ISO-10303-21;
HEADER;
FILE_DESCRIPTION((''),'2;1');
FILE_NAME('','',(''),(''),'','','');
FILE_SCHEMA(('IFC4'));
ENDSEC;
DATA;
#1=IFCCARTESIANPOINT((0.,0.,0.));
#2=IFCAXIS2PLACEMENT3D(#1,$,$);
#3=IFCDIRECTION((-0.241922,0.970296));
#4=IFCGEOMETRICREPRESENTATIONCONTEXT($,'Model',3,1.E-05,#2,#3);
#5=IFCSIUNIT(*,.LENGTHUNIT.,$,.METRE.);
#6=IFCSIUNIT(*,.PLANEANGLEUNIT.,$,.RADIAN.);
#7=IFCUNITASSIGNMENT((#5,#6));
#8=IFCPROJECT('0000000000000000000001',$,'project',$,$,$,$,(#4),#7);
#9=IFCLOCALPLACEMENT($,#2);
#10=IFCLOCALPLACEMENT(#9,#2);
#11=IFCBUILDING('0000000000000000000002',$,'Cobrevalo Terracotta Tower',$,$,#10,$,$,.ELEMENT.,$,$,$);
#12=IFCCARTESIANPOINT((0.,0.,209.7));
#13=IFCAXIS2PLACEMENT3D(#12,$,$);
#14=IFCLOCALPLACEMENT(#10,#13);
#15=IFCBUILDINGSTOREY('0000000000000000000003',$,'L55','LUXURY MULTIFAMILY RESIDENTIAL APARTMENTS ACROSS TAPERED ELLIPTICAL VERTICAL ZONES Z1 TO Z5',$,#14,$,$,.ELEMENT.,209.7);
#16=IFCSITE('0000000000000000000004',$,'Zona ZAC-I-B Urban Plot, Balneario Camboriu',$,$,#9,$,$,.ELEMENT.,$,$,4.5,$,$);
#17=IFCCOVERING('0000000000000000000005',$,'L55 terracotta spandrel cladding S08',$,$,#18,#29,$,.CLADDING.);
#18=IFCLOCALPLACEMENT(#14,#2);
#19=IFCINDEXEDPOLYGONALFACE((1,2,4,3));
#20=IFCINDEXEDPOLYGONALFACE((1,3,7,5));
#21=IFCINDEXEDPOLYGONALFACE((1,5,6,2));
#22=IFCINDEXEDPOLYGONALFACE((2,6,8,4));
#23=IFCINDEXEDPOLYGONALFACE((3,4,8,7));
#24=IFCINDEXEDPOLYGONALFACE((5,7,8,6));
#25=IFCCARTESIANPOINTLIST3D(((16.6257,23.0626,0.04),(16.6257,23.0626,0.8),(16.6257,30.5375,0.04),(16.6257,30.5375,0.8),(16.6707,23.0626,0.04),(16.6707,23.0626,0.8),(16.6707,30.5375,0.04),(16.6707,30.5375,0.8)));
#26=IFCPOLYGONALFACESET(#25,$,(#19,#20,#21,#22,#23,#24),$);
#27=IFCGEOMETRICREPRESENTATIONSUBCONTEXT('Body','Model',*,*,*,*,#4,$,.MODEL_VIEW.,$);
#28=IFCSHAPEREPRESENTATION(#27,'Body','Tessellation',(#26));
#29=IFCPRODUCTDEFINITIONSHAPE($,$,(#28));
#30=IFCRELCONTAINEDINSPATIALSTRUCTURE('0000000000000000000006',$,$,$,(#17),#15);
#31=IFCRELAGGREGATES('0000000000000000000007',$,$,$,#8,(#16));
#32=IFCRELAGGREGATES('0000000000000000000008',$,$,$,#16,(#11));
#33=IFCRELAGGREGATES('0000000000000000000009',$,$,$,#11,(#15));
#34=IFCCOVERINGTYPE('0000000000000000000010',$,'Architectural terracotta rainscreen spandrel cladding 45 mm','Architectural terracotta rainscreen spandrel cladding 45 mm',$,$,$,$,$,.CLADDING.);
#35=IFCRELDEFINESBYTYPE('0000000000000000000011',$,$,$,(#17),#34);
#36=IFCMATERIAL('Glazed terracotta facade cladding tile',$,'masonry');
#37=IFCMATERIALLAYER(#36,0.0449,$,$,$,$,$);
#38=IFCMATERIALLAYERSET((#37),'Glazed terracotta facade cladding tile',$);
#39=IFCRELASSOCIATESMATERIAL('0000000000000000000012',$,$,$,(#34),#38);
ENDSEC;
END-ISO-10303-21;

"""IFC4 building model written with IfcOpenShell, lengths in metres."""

from ifc_helpers import new_model, si_unit, direction, frame, origin, origin_2d, place, context, subcontext, project, spatial, rectangle, extrude, source, transform, mapped, material, layer, layer_set, type_object, element, save


model = new_model("IFC4")

# Units and contexts
model_context = context("Model", 3, precision=1e-05, world=origin(), true_north=direction((-0.241922, 0.970296)))
body_context = subcontext(model_context, "Body", "Model", "MODEL_VIEW")
ifc_project = project(units=[si_unit("LENGTHUNIT", "METRE"), si_unit("PLANEANGLEUNIT", "RADIAN")], contexts=[model_context])

# Site, building, storey
site_placement = place(None, origin())
site = spatial("IfcSite", under=ifc_project, at=site_placement, Name="Zona ZAC-I-B Urban Plot, Balneario Camboriu", CompositionType="ELEMENT", RefElevation=4.5)
building_placement = place(site_placement, origin())
building = spatial("IfcBuilding", under=site, at=building_placement, Name="Cobrevalo Terracotta Tower", CompositionType="ELEMENT")
storey_placement = place(building_placement, frame((0.0, 0.0, 209.7)))
storey = spatial("IfcBuildingStorey", under=building, at=storey_placement, Name="L55", Description="LUXURY MULTIFAMILY RESIDENTIAL APARTMENTS ACROSS TAPERED ELLIPTICAL VERTICAL ZONES Z1 TO Z5", CompositionType="ELEMENT", Elevation=209.7)

# Covering
ifc_material_1 = material(Name="Glazed terracotta facade cladding tile", Category="masonry")
ifc_layer_1 = layer(ifc_material_1, 0.0449)
ifc_layer_set_1 = layer_set([ifc_layer_1], Name="Glazed terracotta facade cladding tile")
covering_type = type_object("IfcCoveringType", Name="Architectural terracotta rainscreen spandrel cladding 45 mm", Description="Architectural terracotta rainscreen spandrel cladding 45 mm", PredefinedType="CLADDING", material=ifc_layer_set_1)
shared_shape_1 = source(origin(), body_context, "Body", "SweptSolid", [
    extrude(rectangle(XDim=7.4749, YDim=0.0449, at=origin_2d()), origin(), (0.0, 0.0, 1.0), 0.76),
])
covering_placement = place(storey_placement, frame((16.6482, 26.8, 0.04), z_axis=(0.0, 0.0, 1.0), x_axis=(0.0, -1.0, 0.0)))
element("IfcCovering", 1, at=covering_placement, inside=storey, type_object=covering_type, Name="L55 terracotta spandrel cladding S08", PredefinedType="CLADDING", context=body_context, shape_type="MappedRepresentation", body=[
    mapped(shared_shape_1, transform((0.0, 0.0, 0.0), scale=1.0)),
])

save(model, "model.ifc")
